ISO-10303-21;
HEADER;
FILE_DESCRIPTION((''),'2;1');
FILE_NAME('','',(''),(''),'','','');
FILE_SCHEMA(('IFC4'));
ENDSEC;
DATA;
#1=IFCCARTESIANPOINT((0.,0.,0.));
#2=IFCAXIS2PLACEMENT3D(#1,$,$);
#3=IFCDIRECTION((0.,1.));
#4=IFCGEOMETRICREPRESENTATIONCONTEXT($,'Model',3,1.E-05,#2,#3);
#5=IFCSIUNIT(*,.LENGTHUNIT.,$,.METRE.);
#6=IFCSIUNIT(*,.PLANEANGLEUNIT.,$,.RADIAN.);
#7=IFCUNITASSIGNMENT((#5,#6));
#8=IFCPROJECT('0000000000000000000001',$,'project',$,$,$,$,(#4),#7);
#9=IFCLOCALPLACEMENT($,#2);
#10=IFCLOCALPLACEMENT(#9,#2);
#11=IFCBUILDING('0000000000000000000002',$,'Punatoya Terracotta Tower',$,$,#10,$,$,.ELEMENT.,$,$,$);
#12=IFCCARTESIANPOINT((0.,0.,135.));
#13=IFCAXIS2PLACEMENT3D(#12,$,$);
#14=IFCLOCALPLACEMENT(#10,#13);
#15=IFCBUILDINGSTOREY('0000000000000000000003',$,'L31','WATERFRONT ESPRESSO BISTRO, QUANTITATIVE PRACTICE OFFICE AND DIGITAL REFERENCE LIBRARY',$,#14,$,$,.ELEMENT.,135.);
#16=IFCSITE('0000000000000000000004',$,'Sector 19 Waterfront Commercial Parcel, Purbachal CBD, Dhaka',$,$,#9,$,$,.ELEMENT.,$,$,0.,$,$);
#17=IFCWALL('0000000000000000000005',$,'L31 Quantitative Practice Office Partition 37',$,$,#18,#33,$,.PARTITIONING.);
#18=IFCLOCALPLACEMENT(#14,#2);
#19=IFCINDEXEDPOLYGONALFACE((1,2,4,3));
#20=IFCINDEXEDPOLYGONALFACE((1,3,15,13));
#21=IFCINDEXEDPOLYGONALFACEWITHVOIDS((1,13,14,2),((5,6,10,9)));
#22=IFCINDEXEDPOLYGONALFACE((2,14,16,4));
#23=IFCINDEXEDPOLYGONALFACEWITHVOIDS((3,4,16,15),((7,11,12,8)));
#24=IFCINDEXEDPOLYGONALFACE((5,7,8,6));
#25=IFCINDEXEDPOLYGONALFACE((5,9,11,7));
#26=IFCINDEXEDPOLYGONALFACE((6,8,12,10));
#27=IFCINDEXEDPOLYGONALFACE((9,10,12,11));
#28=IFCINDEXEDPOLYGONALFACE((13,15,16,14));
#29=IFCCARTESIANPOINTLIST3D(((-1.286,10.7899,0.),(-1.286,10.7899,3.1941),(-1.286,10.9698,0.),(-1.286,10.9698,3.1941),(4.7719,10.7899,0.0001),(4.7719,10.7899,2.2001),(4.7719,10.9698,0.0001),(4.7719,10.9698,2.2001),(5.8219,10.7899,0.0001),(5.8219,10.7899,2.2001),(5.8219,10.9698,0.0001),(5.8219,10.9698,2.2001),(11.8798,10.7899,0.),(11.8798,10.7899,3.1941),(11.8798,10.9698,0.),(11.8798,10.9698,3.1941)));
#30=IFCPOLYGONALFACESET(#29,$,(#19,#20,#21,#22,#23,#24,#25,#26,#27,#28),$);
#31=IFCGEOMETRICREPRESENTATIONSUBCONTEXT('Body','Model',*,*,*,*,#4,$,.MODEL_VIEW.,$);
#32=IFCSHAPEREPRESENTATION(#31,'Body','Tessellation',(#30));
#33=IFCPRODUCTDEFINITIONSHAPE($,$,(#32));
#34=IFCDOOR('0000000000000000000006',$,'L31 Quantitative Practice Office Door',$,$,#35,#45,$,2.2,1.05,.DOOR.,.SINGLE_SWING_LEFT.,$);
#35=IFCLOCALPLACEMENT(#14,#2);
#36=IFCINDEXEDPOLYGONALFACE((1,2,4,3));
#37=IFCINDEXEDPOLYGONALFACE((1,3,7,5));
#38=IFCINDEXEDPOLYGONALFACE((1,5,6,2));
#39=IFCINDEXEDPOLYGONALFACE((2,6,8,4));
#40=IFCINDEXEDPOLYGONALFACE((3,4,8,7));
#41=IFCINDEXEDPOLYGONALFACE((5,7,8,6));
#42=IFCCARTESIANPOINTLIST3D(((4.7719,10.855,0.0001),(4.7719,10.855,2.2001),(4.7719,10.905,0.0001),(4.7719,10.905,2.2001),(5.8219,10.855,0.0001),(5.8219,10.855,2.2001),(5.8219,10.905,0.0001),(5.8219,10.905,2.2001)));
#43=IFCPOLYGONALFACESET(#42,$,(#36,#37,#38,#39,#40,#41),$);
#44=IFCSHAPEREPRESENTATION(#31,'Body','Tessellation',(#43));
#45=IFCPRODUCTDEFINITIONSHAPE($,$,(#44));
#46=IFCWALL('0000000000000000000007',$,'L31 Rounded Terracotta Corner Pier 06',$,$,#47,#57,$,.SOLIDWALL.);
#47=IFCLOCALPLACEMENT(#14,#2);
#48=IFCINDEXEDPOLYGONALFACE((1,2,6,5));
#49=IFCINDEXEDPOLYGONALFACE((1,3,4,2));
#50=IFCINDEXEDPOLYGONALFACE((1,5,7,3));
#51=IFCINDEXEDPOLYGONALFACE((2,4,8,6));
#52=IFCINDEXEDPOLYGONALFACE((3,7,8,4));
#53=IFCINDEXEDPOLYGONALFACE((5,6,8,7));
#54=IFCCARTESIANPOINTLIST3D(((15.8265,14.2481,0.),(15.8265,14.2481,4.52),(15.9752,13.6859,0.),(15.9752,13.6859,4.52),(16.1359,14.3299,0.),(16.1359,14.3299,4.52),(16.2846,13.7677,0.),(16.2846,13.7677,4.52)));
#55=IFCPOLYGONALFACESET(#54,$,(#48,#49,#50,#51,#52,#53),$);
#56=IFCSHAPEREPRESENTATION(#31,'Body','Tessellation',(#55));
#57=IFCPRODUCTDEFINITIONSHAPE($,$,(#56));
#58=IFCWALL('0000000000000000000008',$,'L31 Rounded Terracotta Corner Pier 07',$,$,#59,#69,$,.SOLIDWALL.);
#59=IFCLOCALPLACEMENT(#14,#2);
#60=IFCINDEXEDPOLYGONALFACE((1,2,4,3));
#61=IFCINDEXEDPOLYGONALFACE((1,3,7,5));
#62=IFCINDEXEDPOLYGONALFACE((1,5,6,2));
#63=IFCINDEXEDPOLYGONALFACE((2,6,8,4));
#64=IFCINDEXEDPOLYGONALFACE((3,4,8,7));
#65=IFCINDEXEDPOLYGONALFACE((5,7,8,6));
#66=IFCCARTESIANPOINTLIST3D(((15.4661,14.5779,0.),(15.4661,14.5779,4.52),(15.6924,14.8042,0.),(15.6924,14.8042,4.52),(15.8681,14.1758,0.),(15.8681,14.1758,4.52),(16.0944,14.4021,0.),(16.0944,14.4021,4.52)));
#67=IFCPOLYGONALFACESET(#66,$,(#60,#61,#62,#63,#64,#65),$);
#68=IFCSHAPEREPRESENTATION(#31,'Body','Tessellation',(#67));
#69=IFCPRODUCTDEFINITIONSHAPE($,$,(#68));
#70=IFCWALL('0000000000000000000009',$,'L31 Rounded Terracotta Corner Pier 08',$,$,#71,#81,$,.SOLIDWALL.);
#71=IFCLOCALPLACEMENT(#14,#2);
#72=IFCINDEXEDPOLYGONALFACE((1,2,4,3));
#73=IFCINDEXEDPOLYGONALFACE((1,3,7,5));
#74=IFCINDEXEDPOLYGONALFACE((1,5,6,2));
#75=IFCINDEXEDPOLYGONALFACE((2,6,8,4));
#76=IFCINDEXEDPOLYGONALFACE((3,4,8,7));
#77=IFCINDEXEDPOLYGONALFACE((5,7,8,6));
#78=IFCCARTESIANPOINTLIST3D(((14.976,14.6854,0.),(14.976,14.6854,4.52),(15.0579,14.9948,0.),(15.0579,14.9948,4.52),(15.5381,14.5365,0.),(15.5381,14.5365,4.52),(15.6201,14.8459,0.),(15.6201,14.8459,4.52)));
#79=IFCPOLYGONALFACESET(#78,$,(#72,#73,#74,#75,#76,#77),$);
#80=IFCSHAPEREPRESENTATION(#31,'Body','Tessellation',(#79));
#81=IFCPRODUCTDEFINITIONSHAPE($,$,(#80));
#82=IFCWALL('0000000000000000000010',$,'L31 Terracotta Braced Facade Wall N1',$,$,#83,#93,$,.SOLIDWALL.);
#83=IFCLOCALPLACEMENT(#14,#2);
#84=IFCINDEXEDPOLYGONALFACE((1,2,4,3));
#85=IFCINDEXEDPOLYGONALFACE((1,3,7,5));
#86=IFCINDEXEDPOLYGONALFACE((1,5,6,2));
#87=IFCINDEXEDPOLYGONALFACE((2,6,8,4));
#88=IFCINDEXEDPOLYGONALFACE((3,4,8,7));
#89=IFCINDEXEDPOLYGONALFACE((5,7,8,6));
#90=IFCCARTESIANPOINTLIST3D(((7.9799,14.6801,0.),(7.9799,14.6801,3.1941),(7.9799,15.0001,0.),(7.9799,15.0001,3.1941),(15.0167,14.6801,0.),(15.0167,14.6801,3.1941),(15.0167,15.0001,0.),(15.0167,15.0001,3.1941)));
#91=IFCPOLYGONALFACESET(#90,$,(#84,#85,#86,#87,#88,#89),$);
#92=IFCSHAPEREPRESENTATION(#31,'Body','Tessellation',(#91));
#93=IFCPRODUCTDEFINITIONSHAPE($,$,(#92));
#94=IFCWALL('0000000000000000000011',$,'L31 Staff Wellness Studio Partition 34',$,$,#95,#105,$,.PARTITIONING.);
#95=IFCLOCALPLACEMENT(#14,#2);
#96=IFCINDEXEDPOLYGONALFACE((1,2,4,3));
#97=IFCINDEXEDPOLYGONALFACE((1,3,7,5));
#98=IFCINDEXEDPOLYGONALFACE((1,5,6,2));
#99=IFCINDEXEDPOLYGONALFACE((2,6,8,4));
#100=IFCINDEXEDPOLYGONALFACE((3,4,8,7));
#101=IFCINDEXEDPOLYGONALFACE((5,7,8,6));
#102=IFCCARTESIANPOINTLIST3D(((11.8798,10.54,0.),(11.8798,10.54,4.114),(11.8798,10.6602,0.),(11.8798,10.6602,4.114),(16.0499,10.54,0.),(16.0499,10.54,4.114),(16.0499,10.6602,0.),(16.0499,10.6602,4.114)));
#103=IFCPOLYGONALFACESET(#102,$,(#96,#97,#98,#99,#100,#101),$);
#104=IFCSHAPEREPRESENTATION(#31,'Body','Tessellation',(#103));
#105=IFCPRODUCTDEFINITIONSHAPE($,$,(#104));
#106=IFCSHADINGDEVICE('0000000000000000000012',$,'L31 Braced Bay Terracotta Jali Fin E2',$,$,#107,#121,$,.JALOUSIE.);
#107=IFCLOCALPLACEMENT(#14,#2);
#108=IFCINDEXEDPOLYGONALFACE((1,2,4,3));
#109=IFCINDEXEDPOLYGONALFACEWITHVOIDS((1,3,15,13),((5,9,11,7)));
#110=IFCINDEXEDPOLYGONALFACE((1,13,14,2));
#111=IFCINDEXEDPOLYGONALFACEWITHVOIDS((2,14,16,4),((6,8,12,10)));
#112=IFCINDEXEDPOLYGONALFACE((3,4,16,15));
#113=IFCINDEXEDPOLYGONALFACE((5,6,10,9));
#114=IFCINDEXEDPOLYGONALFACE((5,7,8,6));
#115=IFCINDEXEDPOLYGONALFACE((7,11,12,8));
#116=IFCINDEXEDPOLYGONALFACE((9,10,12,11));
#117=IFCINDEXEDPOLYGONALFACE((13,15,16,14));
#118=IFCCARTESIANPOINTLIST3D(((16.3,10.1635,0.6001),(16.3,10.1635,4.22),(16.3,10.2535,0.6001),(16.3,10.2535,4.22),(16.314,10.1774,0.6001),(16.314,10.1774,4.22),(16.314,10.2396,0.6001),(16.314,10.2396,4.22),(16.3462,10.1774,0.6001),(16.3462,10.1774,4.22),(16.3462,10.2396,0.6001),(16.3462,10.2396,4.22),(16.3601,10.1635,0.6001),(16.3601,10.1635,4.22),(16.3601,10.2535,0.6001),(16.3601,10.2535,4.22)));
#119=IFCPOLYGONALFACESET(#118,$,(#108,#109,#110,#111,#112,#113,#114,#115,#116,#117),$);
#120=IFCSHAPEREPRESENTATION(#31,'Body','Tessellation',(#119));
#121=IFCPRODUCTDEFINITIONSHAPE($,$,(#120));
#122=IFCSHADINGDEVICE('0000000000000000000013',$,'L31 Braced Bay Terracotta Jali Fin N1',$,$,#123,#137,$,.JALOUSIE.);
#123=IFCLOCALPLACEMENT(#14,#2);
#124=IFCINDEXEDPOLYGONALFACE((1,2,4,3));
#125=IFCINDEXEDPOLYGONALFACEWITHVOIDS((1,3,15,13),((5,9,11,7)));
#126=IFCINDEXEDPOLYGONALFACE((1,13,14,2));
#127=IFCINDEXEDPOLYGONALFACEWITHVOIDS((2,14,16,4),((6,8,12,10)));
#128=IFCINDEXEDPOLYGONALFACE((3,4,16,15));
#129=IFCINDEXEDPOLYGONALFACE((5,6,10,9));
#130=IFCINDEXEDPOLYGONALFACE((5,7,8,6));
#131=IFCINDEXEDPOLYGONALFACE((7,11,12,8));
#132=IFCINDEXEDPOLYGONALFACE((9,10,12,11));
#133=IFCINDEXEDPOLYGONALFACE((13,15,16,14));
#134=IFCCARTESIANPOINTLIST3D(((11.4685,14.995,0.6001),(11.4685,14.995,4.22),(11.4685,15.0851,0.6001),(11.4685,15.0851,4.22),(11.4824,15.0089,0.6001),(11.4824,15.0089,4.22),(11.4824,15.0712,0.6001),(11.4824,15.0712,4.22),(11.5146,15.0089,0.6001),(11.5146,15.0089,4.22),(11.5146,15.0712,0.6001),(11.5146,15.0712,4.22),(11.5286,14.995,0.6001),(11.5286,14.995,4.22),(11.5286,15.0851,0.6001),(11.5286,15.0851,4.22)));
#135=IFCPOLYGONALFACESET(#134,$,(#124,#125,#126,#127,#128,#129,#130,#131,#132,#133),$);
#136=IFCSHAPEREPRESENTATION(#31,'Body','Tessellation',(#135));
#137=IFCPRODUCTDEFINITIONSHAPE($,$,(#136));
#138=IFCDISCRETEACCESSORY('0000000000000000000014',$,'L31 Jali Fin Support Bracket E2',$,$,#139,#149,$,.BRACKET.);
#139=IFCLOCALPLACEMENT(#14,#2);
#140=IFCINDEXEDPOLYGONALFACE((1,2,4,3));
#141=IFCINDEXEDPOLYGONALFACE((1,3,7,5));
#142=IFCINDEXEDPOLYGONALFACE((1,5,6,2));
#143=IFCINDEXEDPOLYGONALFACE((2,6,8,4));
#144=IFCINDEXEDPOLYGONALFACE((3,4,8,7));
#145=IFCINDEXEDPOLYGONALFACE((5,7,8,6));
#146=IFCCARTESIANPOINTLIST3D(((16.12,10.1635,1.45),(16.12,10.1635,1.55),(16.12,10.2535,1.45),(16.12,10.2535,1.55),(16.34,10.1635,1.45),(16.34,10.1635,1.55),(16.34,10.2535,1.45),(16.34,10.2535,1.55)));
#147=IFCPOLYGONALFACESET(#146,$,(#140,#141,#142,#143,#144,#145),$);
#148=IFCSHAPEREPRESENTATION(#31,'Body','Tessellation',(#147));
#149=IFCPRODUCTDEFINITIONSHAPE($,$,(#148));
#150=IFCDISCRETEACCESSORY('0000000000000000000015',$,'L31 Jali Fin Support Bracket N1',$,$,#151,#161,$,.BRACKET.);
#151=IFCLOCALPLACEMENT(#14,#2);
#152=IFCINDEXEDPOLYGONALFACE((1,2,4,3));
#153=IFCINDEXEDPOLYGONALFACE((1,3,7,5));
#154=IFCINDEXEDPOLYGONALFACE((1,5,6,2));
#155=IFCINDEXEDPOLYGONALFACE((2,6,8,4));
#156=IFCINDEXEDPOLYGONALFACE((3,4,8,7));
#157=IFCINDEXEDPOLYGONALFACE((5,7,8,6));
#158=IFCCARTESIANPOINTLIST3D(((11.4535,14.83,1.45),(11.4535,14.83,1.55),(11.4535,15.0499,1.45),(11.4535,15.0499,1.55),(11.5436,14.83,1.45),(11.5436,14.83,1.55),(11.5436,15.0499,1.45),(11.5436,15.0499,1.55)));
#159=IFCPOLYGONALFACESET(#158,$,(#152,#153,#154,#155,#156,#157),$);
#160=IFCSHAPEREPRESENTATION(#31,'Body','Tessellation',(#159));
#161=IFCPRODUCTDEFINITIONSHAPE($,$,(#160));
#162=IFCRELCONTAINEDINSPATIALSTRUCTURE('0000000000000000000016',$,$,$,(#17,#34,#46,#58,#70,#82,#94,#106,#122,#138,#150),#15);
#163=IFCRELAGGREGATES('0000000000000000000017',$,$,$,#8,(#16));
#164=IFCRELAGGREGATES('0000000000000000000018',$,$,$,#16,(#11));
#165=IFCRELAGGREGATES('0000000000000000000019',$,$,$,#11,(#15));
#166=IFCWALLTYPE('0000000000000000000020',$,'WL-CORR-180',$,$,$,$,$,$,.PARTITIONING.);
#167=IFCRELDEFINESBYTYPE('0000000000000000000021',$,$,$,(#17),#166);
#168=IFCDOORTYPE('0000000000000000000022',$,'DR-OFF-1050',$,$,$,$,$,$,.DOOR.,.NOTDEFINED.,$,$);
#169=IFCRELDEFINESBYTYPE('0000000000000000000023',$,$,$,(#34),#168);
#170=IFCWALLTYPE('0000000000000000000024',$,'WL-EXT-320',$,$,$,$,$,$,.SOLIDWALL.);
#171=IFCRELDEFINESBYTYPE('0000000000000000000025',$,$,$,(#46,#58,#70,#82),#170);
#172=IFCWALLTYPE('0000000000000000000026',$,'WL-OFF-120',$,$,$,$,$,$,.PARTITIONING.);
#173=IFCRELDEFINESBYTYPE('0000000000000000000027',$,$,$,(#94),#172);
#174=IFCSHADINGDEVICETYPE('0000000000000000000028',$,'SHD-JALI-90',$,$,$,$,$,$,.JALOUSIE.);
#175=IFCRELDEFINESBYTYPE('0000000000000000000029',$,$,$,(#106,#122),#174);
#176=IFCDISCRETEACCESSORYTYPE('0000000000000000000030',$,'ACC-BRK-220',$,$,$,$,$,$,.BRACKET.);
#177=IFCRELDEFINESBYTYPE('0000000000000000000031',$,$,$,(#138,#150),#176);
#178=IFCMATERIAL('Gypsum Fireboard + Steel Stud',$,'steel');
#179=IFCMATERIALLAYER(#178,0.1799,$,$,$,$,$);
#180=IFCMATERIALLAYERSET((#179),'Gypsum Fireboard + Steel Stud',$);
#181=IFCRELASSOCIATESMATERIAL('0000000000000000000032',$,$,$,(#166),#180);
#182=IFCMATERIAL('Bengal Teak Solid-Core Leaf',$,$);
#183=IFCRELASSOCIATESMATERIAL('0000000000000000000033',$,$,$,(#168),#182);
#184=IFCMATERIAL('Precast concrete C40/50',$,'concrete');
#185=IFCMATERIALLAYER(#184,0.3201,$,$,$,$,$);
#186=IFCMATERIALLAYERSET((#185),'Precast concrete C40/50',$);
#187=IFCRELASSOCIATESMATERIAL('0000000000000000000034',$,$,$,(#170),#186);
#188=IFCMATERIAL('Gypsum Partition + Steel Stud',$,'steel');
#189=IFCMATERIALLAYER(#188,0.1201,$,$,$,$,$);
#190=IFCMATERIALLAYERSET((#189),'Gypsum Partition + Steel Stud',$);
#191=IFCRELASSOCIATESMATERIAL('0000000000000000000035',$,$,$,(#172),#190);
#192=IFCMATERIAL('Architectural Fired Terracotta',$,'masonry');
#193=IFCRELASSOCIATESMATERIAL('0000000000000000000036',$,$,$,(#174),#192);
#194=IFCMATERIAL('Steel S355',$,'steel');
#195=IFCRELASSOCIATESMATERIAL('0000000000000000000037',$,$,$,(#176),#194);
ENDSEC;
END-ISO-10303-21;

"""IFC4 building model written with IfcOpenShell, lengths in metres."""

from ifc_helpers import new_model, si_unit, direction, frame, frame_2d, origin, origin_2d, place, context, subcontext, project, spatial, rectangle, hollow_rectangle, extrude, material, layer, layer_set, material_profile, profile_set, type_object, element, fill, save


model = new_model("IFC4")

# Units and contexts
model_context = context("Model", 3, precision=1e-05, world=origin(), true_north=direction((0.0, 1.0)))
body_context = subcontext(model_context, "Body", "Model", "MODEL_VIEW")
ifc_project = project(units=[si_unit("LENGTHUNIT", "METRE"), si_unit("PLANEANGLEUNIT", "RADIAN")], contexts=[model_context])

# Site, building, storey
site_placement = place(None, origin())
site = spatial("IfcSite", under=ifc_project, at=site_placement, Name="Sector 19 Waterfront Commercial Parcel, Purbachal CBD, Dhaka", CompositionType="ELEMENT", RefElevation=0.0)
building_placement = place(site_placement, origin())
building = spatial("IfcBuilding", under=site, at=building_placement, Name="Punatoya Terracotta Tower", CompositionType="ELEMENT")
storey_placement = place(building_placement, frame((0.0, 0.0, 135.0)))
storey = spatial("IfcBuildingStorey", under=building, at=storey_placement, Name="L31", Description="WATERFRONT ESPRESSO BISTRO, QUANTITATIVE PRACTICE OFFICE AND DIGITAL REFERENCE LIBRARY", CompositionType="ELEMENT", Elevation=135.0)

# Wall, opening, door
ifc_material_1 = material(Name="Gypsum Fireboard + Steel Stud", Category="steel")
ifc_layer_1 = layer(ifc_material_1, 0.1799)
ifc_layer_set_1 = layer_set([ifc_layer_1], Name="Gypsum Fireboard + Steel Stud")
wall_type_1 = type_object("IfcWallType", Name="WL-CORR-180", PredefinedType="PARTITIONING", material=ifc_layer_set_1)
wall_1_placement = place(storey_placement, frame((11.8799, 10.8799, 0.0), z_axis=(0.0, 0.0, 1.0), x_axis=(-1.0, 0.0, 0.0)))
wall_1 = element("IfcWall", 1, at=wall_1_placement, inside=storey, type_object=wall_type_1, Name="L31 Quantitative Practice Office Partition 37", PredefinedType="PARTITIONING", context=body_context, shape_type="SweptSolid", body=[
    extrude(rectangle(XDim=13.1658, YDim=0.1799, at=frame_2d((6.583, 0.0))), origin(), (0.0, 0.0, 1.0), 3.1941),
])
opening_1_placement = place(wall_1_placement, frame((6.0581, 0.0, 0.0)))
opening_1 = element("IfcOpeningElement", 2, at=opening_1_placement, cuts=wall_1, PredefinedType="OPENING", context=body_context, shape_type="SweptSolid", body=[
    extrude(rectangle(XDim=1.05, YDim=2.2, at=frame_2d((0.5249, 1.1001))), frame((0.0, 0.0999, 0.0), z_axis=(0.0, -1.0, 0.0), x_axis=(1.0, 0.0, 0.0)), (0.0, 0.0, 1.0), 0.2),
])
ifc_material_2 = material(Name="Bengal Teak Solid-Core Leaf")
door_type_1 = type_object("IfcDoorType", Name="DR-OFF-1050", OperationType="NOTDEFINED", PredefinedType="DOOR", material=ifc_material_2)
door_1_placement = place(opening_1_placement, origin())
door_1 = element("IfcDoor", 3, at=door_1_placement, inside=storey, type_object=door_type_1, Name="L31 Quantitative Practice Office Door", OperationType="SINGLE_SWING_LEFT", OverallHeight=2.2, OverallWidth=1.05, PredefinedType="DOOR", context=body_context, shape_type="SweptSolid", body=[
    extrude(rectangle(XDim=1.05, YDim=2.2, at=frame_2d((0.5249, 1.1001))), frame((0.0, 0.0249, 0.0), z_axis=(0.0, -1.0, 0.0), x_axis=(1.0, 0.0, 0.0)), (0.0, 0.0, 1.0), 0.05),
])
fill(opening_1, door_1)

# Walls
ifc_material_3 = material(Name="Precast concrete C40/50", Category="concrete")
ifc_layer_2 = layer(ifc_material_3, 0.3201)
ifc_layer_set_2 = layer_set([ifc_layer_2], Name="Precast concrete C40/50")
wall_type_2 = type_object("IfcWallType", Name="WL-EXT-320", PredefinedType="SOLIDWALL", material=ifc_layer_set_2)
wall_2_placement = place(storey_placement, frame((16.1299, 13.7268, 0.0), z_axis=(0.0, 0.0, 1.0), x_axis=(-0.25565, 0.966769, 0.0)))
element("IfcWall", 4, at=wall_2_placement, inside=storey, type_object=wall_type_2, Name="L31 Rounded Terracotta Corner Pier 06", PredefinedType="SOLIDWALL", context=body_context, shape_type="SweptSolid", body=[
    extrude(rectangle(XDim=0.5815, YDim=0.3201, at=frame_2d((0.2908, 0.0))), origin(), (0.0, 0.0, 1.0), 4.52),
])
wall_3_placement = place(storey_placement, frame((15.9812, 14.2891, 0.0), z_axis=(0.0, 0.0, 1.0), x_axis=(-0.707107, 0.707107, 0.0)))
element("IfcWall", 5, at=wall_3_placement, inside=storey, type_object=wall_type_2, Name="L31 Rounded Terracotta Corner Pier 07", PredefinedType="SOLIDWALL", context=body_context, shape_type="SweptSolid", body=[
    extrude(rectangle(XDim=0.5686, YDim=0.3201, at=frame_2d((0.2842, 0.0))), origin(), (0.0, 0.0, 1.0), 4.52),
])
wall_4_placement = place(storey_placement, frame((15.5791, 14.6912, 0.0), z_axis=(0.0, 0.0, 1.0), x_axis=(-0.966666, 0.256043, 0.0)))
element("IfcWall", 6, at=wall_4_placement, inside=storey, type_object=wall_type_2, Name="L31 Rounded Terracotta Corner Pier 08", PredefinedType="SOLIDWALL", context=body_context, shape_type="SweptSolid", body=[
    extrude(rectangle(XDim=0.5815, YDim=0.3201, at=frame_2d((0.2908, 0.0))), origin(), (0.0, 0.0, 1.0), 4.52),
])
wall_5_placement = place(storey_placement, frame((15.0168, 14.8401, 0.0), z_axis=(0.0, 0.0, 1.0), x_axis=(-1.0, 0.0, 0.0)))
element("IfcWall", 7, at=wall_5_placement, inside=storey, type_object=wall_type_2, Name="L31 Terracotta Braced Facade Wall N1", PredefinedType="SOLIDWALL", context=body_context, shape_type="SweptSolid", body=[
    extrude(rectangle(XDim=7.0369, YDim=0.3201, at=frame_2d((3.5186, 0.0))), origin(), (0.0, 0.0, 1.0), 3.1941),
])
ifc_material_4 = material(Name="Gypsum Partition + Steel Stud", Category="steel")
ifc_layer_3 = layer(ifc_material_4, 0.1201)
ifc_layer_set_3 = layer_set([ifc_layer_3], Name="Gypsum Partition + Steel Stud")
wall_type_3 = type_object("IfcWallType", Name="WL-OFF-120", PredefinedType="PARTITIONING", material=ifc_layer_set_3)
wall_6_placement = place(storey_placement, frame((11.8799, 10.6001, 0.0), z_axis=(0.0, 0.0, 1.0), x_axis=(1.0, 0.0, 0.0)))
element("IfcWall", 8, at=wall_6_placement, inside=storey, type_object=wall_type_3, Name="L31 Staff Wellness Studio Partition 34", PredefinedType="PARTITIONING", context=body_context, shape_type="SweptSolid", body=[
    extrude(rectangle(XDim=4.1702, YDim=0.1201, at=frame_2d((2.085, 0.0))), origin(), (0.0, 0.0, 1.0), 4.114),
])

# Shading devices
ifc_material_5 = material(Name="Architectural Fired Terracotta", Category="masonry")
ifc_material_profile_1 = material_profile(ifc_material_5, hollow_rectangle(XDim=0.0601, YDim=0.0901, WallThickness=0.0139, at=origin_2d()))
ifc_profile_set_1 = profile_set([ifc_material_profile_1], Name="Architectural Fired Terracotta")
shading_device_type = type_object("IfcShadingDeviceType", Name="SHD-JALI-90", PredefinedType="JALOUSIE", material=ifc_profile_set_1)
for number, where, z_axis, x_axis, name in (
    (9, (16.3301, 10.2085, 0.6001), (0.0, 0.0, 1.0), (1.0, 0.0, 0.0), "L31 Braced Bay Terracotta Jali Fin E2"),
    (10, (11.4985, 15.04, 0.6001), (0.0, 0.0, 1.0), (1.0, 0.0, 0.0), "L31 Braced Bay Terracotta Jali Fin N1"),
):
    element("IfcShadingDevice", number, at=place(storey_placement, frame(where, z_axis=z_axis, x_axis=x_axis)), inside=storey, type_object=shading_device_type, Name=name, PredefinedType="JALOUSIE", context=body_context, shape_type="SweptSolid", body=[
        extrude(hollow_rectangle(XDim=0.0601, YDim=0.0901, WallThickness=0.0139, at=origin_2d()), origin(), (0.0, 0.0, 1.0), 3.6199),
    ])

# Discrete accessories
ifc_material_6 = material(Name="Steel S355", Category="steel")
discrete_accessory_type = type_object("IfcDiscreteAccessoryType", Name="ACC-BRK-220", PredefinedType="BRACKET", material=ifc_material_6)
for number, where, z_axis, x_axis, name in (
    (11, (16.23, 10.2085, 1.45), (0.0, 0.0, 1.0), (0.0, 1.0, 0.0), "L31 Jali Fin Support Bracket E2"),
    (12, (11.4985, 14.9399, 1.45), (0.0, 0.0, 1.0), (-1.0, 0.0, 0.0), "L31 Jali Fin Support Bracket N1"),
):
    element("IfcDiscreteAccessory", number, at=place(storey_placement, frame(where, z_axis=z_axis, x_axis=x_axis)), inside=storey, type_object=discrete_accessory_type, Name=name, PredefinedType="BRACKET", context=body_context, shape_type="SweptSolid", body=[
        extrude(rectangle(XDim=0.0901, YDim=0.22, at=origin_2d()), origin(), (0.0, 0.0, 1.0), 0.1001),
    ])

save(model, "model.ifc")
